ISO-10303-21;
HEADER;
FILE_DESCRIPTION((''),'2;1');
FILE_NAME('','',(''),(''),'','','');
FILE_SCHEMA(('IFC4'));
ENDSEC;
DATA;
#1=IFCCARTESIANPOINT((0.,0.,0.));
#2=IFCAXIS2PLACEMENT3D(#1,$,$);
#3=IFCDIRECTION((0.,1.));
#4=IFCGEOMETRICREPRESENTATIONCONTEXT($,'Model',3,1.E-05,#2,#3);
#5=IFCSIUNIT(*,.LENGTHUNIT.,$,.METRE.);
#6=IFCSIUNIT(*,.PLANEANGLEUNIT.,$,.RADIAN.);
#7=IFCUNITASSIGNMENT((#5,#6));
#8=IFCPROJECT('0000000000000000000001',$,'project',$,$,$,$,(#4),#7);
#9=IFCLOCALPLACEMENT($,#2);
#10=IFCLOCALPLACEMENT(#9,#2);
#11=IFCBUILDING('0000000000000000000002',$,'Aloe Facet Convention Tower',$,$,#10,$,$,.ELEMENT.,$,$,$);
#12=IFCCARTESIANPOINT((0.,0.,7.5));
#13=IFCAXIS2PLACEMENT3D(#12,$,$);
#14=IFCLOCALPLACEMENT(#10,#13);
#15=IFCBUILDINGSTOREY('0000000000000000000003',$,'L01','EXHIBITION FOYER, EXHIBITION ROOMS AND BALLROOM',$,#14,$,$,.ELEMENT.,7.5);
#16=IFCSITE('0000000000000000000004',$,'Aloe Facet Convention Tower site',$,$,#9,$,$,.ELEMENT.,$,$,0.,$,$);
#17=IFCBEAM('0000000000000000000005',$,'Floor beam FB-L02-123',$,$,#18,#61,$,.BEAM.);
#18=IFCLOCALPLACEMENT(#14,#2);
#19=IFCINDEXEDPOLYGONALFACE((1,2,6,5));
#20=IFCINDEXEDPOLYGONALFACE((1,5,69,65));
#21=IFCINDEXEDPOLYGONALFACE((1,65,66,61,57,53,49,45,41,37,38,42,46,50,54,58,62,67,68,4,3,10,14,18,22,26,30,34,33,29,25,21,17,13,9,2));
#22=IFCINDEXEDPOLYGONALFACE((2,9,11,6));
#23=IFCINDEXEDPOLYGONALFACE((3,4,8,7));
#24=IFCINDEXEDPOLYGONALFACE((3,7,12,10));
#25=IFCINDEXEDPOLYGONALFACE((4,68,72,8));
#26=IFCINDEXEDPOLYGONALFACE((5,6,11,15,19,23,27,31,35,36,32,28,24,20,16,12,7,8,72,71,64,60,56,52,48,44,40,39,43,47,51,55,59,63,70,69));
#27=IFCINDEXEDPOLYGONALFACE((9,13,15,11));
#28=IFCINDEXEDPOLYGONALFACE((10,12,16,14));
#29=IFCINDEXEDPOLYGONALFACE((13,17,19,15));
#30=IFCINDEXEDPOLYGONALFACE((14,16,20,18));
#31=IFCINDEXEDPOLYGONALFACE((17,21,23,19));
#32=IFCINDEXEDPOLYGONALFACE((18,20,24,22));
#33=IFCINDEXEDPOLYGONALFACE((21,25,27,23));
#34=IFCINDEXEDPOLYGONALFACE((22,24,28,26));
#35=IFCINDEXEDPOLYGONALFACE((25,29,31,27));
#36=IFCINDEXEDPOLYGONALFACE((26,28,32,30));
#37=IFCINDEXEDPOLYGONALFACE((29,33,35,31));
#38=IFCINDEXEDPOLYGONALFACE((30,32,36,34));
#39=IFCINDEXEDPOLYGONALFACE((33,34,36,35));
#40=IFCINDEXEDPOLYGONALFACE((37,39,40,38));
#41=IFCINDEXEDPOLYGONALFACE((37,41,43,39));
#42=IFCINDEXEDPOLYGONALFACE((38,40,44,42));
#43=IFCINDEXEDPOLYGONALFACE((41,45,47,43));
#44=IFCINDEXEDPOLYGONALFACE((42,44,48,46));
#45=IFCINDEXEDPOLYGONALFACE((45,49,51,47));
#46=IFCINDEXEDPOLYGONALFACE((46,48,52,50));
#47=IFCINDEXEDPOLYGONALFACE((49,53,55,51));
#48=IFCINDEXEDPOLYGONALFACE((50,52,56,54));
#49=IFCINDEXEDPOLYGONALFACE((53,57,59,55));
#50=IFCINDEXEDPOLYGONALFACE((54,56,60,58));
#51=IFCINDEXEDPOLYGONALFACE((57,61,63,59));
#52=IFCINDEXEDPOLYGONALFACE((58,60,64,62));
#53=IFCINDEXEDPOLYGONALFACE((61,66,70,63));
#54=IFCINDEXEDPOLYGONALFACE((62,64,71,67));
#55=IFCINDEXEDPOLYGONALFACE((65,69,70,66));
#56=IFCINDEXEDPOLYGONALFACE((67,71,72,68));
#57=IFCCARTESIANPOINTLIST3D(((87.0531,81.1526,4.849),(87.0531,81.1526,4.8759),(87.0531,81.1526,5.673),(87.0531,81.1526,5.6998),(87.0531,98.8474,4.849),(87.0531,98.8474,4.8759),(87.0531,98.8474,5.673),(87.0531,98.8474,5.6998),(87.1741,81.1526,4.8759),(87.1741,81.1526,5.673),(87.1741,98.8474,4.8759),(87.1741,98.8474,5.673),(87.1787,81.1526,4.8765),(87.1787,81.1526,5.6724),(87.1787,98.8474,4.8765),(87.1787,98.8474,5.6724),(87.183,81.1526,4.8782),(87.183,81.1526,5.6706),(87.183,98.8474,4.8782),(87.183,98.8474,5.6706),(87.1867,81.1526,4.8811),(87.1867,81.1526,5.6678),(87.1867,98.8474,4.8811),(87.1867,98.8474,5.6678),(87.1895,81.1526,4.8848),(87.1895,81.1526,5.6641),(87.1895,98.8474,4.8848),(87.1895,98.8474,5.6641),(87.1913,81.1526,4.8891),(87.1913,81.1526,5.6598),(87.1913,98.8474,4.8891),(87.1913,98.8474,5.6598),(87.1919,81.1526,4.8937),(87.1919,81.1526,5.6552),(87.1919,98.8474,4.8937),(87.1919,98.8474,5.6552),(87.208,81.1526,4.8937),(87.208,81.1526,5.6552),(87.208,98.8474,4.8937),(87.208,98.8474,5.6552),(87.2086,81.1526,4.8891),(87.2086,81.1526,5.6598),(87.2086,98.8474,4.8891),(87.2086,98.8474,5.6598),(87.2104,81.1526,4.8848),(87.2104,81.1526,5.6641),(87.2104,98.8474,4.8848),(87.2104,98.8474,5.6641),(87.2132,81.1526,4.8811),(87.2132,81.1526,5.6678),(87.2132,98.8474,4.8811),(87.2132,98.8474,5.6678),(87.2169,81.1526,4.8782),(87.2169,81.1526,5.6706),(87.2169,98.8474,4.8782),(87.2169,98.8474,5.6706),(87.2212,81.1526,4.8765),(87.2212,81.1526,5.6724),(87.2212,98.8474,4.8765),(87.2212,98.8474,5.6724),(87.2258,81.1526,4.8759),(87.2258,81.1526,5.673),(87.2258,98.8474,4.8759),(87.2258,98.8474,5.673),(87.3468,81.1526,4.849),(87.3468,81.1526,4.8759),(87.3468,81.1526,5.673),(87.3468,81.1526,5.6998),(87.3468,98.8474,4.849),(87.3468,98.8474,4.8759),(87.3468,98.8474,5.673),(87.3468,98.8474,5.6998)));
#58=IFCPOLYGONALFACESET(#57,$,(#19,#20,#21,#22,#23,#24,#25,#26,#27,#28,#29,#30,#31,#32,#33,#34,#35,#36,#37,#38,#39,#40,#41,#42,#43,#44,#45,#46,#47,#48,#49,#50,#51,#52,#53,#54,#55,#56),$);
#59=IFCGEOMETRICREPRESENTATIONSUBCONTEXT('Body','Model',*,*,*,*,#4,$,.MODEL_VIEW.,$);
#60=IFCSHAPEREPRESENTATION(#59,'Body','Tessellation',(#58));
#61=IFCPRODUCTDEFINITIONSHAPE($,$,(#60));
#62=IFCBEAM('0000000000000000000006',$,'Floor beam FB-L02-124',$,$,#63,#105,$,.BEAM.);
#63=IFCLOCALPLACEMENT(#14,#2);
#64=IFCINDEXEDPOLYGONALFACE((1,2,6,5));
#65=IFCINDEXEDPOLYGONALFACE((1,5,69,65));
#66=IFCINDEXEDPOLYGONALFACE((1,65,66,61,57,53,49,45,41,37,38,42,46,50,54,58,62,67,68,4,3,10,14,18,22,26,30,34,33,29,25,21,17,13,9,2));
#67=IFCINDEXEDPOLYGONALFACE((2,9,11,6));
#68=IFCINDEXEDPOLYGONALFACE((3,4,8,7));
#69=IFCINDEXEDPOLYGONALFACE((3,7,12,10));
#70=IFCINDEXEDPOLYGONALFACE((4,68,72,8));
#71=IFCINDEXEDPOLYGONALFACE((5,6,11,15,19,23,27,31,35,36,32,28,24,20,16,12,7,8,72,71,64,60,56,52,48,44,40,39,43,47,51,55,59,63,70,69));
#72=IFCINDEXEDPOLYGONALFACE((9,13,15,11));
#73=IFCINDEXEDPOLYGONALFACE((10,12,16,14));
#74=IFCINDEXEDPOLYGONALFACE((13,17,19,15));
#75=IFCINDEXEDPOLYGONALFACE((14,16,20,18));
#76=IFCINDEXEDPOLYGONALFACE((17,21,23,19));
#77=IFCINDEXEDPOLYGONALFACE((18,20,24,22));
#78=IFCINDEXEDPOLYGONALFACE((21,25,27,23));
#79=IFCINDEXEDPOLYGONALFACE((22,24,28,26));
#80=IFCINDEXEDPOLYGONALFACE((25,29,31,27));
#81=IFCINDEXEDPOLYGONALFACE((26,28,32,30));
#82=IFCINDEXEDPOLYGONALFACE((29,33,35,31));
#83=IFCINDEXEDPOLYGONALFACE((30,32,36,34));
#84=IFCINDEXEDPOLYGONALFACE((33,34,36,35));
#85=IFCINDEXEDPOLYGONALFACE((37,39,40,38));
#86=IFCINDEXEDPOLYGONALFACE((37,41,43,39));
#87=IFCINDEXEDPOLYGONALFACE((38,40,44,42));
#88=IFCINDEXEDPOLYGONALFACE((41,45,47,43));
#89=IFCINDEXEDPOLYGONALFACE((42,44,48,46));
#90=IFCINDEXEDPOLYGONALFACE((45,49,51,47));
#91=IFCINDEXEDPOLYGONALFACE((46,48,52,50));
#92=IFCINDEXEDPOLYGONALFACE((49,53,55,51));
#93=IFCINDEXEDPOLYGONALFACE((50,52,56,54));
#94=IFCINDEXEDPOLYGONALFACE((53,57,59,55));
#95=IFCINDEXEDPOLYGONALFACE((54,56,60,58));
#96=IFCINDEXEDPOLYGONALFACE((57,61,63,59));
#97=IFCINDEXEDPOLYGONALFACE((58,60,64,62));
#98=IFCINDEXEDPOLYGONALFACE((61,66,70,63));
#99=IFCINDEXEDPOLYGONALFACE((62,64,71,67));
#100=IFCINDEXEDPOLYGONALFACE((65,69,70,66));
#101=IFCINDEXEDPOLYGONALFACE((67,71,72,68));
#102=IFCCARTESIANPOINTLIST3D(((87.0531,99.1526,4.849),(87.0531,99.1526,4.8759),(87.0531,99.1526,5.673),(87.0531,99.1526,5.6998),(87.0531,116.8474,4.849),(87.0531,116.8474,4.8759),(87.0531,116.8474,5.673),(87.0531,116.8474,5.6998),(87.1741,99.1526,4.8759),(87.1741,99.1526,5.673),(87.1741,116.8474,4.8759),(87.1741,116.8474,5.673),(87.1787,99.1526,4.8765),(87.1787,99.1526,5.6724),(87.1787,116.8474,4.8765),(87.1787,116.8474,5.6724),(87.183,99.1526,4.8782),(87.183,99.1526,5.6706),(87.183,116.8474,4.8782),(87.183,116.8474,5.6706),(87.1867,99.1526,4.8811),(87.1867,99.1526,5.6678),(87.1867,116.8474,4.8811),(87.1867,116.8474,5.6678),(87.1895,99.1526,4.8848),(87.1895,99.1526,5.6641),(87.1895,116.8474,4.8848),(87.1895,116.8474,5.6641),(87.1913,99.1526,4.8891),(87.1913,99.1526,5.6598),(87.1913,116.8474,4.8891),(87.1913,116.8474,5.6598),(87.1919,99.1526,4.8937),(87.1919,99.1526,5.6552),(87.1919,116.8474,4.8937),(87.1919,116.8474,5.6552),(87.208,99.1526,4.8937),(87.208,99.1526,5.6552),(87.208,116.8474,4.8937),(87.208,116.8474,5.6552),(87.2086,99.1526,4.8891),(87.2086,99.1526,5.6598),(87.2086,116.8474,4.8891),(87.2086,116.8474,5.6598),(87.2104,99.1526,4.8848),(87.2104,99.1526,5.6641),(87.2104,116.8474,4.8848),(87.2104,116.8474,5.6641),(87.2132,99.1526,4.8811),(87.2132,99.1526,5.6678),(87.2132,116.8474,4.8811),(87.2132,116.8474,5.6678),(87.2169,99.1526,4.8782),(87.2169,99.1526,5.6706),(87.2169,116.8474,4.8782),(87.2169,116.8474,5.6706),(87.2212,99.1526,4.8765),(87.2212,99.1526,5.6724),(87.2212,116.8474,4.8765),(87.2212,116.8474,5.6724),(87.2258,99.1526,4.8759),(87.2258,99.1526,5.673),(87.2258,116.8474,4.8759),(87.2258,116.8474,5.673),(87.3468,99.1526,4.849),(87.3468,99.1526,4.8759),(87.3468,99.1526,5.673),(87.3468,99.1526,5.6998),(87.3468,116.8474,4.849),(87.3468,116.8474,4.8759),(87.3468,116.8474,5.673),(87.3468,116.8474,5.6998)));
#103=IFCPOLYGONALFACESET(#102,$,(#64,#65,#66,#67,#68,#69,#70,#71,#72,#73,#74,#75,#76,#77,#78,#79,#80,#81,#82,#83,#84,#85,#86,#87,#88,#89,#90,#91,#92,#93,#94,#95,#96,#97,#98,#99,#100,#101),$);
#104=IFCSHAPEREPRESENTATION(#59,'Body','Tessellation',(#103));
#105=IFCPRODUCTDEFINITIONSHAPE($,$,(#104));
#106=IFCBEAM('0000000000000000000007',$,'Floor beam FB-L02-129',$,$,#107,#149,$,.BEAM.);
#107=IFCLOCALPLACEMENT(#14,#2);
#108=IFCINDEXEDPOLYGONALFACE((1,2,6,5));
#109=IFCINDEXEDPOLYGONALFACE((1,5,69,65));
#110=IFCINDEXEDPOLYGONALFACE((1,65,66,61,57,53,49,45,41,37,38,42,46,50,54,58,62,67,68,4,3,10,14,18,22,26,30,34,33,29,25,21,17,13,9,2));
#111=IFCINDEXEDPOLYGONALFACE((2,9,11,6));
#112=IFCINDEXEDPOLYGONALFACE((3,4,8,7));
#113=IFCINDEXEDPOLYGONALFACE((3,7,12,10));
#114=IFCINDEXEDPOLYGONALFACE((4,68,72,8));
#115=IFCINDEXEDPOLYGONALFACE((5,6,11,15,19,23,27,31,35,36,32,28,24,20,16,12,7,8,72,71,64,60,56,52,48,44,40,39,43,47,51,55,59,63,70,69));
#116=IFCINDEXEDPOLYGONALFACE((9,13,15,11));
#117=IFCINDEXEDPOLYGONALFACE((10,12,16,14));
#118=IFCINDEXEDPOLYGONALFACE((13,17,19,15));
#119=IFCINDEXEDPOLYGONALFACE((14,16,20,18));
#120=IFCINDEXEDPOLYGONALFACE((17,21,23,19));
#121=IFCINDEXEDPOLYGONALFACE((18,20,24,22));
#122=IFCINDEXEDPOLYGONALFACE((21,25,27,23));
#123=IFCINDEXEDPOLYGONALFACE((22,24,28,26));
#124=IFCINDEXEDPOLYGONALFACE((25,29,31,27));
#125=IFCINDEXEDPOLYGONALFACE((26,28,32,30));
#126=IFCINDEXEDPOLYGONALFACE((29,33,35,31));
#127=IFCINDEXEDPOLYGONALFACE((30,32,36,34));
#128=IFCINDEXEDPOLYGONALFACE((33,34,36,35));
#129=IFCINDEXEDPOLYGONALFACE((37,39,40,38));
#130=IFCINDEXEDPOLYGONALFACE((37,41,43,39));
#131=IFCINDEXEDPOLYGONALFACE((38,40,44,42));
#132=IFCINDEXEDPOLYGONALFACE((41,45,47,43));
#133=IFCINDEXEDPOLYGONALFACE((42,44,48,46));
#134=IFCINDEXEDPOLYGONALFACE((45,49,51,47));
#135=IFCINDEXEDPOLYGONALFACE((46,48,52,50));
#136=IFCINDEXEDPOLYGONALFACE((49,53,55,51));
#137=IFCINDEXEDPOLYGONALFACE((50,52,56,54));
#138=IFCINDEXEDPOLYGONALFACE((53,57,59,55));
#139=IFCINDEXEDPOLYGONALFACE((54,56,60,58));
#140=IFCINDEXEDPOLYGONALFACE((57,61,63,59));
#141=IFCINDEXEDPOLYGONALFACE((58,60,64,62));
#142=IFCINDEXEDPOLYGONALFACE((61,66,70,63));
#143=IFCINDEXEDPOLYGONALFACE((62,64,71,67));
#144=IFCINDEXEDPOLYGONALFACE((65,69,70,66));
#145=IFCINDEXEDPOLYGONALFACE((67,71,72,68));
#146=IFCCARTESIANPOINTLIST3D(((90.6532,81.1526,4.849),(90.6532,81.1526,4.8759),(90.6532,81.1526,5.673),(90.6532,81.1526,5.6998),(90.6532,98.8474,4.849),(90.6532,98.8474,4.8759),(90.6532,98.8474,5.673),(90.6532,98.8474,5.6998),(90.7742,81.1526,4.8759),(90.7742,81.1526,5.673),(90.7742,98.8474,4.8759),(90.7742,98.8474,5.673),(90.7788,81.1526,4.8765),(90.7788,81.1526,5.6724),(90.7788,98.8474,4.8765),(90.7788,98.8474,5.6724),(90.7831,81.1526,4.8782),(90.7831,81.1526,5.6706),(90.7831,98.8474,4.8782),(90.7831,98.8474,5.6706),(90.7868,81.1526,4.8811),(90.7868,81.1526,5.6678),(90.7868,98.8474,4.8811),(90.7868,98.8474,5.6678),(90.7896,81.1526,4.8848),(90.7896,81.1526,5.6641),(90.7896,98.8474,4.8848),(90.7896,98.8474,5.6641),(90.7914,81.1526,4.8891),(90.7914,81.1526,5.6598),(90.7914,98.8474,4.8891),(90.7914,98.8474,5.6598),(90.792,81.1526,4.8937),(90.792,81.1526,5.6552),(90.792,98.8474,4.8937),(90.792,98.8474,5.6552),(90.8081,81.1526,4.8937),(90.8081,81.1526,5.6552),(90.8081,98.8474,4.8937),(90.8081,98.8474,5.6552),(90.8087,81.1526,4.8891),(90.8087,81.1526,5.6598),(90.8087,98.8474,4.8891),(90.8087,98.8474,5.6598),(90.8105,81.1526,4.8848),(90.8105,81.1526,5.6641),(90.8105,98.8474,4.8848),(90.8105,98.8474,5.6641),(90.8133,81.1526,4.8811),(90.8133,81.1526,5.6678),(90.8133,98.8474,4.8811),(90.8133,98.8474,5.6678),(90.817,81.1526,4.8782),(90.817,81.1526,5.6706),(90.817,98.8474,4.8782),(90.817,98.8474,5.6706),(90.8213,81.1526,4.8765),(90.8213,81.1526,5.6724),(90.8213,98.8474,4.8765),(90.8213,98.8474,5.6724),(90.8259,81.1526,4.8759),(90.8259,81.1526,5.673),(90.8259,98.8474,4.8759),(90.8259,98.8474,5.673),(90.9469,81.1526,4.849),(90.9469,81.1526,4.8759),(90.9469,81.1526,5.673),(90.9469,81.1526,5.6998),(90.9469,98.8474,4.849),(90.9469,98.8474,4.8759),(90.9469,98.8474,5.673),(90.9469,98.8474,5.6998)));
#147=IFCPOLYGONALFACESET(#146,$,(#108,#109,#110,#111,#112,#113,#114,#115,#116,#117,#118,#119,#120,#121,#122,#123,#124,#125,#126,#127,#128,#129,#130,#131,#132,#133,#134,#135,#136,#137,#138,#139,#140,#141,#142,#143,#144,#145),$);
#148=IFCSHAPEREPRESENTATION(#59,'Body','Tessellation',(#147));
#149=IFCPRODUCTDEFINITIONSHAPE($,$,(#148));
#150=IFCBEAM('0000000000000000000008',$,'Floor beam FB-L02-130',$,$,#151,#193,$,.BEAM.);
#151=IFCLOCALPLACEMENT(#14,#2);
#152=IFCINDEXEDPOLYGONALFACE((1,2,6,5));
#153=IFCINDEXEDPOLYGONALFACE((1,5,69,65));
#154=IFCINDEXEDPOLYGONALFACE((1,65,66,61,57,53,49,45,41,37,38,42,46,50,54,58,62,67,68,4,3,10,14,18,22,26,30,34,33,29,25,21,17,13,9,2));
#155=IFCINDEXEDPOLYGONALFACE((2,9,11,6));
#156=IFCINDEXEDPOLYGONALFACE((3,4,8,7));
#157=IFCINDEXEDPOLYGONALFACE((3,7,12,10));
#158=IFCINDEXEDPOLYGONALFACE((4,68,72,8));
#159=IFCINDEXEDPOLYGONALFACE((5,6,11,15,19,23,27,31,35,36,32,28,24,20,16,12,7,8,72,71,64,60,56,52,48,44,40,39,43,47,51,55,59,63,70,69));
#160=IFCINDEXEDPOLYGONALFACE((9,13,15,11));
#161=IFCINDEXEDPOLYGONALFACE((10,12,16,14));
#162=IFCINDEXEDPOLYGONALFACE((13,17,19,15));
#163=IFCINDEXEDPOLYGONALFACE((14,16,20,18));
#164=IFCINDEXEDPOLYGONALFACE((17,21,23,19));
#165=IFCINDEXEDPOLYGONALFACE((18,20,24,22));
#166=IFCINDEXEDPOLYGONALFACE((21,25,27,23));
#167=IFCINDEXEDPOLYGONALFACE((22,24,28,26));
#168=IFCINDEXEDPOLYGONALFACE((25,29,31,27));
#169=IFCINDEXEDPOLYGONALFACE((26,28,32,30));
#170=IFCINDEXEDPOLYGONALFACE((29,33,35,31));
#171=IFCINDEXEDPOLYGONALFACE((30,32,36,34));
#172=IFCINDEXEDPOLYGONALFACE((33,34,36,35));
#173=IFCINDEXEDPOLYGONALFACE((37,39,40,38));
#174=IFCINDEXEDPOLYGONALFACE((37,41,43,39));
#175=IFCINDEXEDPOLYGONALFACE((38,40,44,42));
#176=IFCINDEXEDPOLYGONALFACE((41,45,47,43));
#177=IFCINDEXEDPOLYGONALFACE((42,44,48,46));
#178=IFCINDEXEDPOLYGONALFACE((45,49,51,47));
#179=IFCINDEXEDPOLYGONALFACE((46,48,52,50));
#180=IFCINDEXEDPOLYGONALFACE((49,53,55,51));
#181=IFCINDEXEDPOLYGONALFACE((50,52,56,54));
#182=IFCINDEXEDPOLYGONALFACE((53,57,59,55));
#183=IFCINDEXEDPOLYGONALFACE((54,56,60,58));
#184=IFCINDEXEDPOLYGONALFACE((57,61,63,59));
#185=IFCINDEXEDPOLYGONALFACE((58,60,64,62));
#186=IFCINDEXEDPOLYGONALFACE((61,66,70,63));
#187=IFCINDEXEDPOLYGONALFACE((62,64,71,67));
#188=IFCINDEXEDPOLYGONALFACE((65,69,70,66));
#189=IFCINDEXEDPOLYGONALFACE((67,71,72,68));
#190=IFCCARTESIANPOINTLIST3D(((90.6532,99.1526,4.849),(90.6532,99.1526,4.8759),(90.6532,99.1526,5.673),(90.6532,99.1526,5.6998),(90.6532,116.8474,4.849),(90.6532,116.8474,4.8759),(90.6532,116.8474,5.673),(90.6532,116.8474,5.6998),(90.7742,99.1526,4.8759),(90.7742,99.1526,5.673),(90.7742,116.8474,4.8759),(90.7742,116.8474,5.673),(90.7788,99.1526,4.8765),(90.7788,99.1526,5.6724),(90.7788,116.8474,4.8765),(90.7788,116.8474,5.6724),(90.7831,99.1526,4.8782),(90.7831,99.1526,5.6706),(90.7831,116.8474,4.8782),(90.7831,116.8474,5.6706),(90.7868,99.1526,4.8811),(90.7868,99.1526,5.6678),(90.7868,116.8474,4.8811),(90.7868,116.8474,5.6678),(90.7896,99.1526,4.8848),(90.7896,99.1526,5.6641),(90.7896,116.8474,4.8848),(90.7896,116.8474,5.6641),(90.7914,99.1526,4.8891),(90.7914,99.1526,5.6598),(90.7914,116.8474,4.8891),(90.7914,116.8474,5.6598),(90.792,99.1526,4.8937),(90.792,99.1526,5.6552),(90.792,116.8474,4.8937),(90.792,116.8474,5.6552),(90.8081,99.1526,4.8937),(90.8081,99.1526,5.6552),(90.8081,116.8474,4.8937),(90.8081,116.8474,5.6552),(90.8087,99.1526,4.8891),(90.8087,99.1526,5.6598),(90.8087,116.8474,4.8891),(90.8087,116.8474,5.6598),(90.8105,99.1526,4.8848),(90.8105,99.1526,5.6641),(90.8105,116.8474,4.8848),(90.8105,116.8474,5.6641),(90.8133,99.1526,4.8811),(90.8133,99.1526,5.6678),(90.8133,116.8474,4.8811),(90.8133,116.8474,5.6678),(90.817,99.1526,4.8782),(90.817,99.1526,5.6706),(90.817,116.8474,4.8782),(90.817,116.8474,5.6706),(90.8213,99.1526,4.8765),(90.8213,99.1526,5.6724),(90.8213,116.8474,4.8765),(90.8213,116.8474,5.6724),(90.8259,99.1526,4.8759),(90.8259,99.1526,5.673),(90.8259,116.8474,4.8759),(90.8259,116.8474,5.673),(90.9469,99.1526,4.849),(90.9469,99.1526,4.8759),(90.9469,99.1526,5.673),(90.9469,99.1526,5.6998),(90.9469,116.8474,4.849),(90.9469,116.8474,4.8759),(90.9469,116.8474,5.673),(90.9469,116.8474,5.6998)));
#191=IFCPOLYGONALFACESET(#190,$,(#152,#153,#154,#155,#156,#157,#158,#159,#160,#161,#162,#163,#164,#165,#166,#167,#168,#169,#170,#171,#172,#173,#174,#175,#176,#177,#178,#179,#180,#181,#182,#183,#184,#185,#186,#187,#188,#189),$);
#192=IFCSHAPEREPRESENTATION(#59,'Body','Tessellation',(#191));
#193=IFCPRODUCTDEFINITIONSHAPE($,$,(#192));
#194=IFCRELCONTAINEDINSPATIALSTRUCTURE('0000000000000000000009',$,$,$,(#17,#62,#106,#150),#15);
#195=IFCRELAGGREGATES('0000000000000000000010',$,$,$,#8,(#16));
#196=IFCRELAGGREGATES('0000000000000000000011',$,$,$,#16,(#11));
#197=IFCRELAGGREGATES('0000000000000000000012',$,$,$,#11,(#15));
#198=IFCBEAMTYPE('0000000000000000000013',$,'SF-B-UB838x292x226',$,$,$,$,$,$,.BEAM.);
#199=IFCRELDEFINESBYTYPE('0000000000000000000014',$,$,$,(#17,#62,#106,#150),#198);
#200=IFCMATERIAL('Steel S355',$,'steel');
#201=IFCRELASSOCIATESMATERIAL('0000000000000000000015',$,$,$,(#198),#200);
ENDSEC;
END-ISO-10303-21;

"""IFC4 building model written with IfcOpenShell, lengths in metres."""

from ifc_helpers import new_model, si_unit, direction, frame, origin, origin_2d, place, context, subcontext, project, spatial, i_section, extrude, material, material_profile, profile_set, type_object, element, save


model = new_model("IFC4")

# Units and contexts
model_context = context("Model", 3, precision=1e-05, world=origin(), true_north=direction((0.0, 1.0)))
body_context = subcontext(model_context, "Body", "Model", "MODEL_VIEW")
ifc_project = project(units=[si_unit("LENGTHUNIT", "METRE"), si_unit("PLANEANGLEUNIT", "RADIAN")], contexts=[model_context])

# Site, building, storey
site_placement = place(None, origin())
site = spatial("IfcSite", under=ifc_project, at=site_placement, Name="Aloe Facet Convention Tower site", CompositionType="ELEMENT", RefElevation=0.0)
building_placement = place(site_placement, origin())
building = spatial("IfcBuilding", under=site, at=building_placement, Name="Aloe Facet Convention Tower", CompositionType="ELEMENT")
storey_placement = place(building_placement, frame((0.0, 0.0, 7.5)))
storey = spatial("IfcBuildingStorey", under=building, at=storey_placement, Name="L01", Description="EXHIBITION FOYER, EXHIBITION ROOMS AND BALLROOM", CompositionType="ELEMENT", Elevation=7.5)

# Beams
ifc_material_1 = material(Name="Steel S355", Category="steel")
ifc_material_profile_1 = material_profile(ifc_material_1, i_section(OverallWidth=0.2937, OverallDepth=0.8508, WebThickness=0.0161, FlangeThickness=0.0269, FilletRadius=0.0178, at=origin_2d()), Name="UB 838x292x226")
ifc_profile_set_1 = profile_set([ifc_material_profile_1], Name="Steel S355")
beam_type_1 = type_object("IfcBeamType", Name="SF-B-UB838x292x226", PredefinedType="BEAM", material=ifc_profile_set_1)
for number, where, z_axis, x_axis, name in (
    (1, (87.2, 81.1526, 5.2744), (0.0, 1.0, 0.0), (-1.0, 0.0, 0.0), "Floor beam FB-L02-123"),
    (2, (87.2, 99.1526, 5.2744), (0.0, 1.0, 0.0), (-1.0, 0.0, 0.0), "Floor beam FB-L02-124"),
    (3, (90.8, 81.1526, 5.2744), (0.0, 1.0, 0.0), (-1.0, 0.0, 0.0), "Floor beam FB-L02-129"),
    (4, (90.8, 99.1526, 5.2744), (0.0, 1.0, 0.0), (-1.0, 0.0, 0.0), "Floor beam FB-L02-130"),
):
    element("IfcBeam", number, at=place(storey_placement, frame(where, z_axis=z_axis, x_axis=x_axis)), inside=storey, type_object=beam_type_1, Name=name, PredefinedType="BEAM", context=body_context, shape_type="SweptSolid", body=[
        extrude(i_section(OverallWidth=0.2937, OverallDepth=0.8508, WebThickness=0.0161, FlangeThickness=0.0269, FilletRadius=0.0178, at=origin_2d()), origin(), (0.0, 0.0, 1.0), 17.6948),
    ])

save(model, "model.ifc")
